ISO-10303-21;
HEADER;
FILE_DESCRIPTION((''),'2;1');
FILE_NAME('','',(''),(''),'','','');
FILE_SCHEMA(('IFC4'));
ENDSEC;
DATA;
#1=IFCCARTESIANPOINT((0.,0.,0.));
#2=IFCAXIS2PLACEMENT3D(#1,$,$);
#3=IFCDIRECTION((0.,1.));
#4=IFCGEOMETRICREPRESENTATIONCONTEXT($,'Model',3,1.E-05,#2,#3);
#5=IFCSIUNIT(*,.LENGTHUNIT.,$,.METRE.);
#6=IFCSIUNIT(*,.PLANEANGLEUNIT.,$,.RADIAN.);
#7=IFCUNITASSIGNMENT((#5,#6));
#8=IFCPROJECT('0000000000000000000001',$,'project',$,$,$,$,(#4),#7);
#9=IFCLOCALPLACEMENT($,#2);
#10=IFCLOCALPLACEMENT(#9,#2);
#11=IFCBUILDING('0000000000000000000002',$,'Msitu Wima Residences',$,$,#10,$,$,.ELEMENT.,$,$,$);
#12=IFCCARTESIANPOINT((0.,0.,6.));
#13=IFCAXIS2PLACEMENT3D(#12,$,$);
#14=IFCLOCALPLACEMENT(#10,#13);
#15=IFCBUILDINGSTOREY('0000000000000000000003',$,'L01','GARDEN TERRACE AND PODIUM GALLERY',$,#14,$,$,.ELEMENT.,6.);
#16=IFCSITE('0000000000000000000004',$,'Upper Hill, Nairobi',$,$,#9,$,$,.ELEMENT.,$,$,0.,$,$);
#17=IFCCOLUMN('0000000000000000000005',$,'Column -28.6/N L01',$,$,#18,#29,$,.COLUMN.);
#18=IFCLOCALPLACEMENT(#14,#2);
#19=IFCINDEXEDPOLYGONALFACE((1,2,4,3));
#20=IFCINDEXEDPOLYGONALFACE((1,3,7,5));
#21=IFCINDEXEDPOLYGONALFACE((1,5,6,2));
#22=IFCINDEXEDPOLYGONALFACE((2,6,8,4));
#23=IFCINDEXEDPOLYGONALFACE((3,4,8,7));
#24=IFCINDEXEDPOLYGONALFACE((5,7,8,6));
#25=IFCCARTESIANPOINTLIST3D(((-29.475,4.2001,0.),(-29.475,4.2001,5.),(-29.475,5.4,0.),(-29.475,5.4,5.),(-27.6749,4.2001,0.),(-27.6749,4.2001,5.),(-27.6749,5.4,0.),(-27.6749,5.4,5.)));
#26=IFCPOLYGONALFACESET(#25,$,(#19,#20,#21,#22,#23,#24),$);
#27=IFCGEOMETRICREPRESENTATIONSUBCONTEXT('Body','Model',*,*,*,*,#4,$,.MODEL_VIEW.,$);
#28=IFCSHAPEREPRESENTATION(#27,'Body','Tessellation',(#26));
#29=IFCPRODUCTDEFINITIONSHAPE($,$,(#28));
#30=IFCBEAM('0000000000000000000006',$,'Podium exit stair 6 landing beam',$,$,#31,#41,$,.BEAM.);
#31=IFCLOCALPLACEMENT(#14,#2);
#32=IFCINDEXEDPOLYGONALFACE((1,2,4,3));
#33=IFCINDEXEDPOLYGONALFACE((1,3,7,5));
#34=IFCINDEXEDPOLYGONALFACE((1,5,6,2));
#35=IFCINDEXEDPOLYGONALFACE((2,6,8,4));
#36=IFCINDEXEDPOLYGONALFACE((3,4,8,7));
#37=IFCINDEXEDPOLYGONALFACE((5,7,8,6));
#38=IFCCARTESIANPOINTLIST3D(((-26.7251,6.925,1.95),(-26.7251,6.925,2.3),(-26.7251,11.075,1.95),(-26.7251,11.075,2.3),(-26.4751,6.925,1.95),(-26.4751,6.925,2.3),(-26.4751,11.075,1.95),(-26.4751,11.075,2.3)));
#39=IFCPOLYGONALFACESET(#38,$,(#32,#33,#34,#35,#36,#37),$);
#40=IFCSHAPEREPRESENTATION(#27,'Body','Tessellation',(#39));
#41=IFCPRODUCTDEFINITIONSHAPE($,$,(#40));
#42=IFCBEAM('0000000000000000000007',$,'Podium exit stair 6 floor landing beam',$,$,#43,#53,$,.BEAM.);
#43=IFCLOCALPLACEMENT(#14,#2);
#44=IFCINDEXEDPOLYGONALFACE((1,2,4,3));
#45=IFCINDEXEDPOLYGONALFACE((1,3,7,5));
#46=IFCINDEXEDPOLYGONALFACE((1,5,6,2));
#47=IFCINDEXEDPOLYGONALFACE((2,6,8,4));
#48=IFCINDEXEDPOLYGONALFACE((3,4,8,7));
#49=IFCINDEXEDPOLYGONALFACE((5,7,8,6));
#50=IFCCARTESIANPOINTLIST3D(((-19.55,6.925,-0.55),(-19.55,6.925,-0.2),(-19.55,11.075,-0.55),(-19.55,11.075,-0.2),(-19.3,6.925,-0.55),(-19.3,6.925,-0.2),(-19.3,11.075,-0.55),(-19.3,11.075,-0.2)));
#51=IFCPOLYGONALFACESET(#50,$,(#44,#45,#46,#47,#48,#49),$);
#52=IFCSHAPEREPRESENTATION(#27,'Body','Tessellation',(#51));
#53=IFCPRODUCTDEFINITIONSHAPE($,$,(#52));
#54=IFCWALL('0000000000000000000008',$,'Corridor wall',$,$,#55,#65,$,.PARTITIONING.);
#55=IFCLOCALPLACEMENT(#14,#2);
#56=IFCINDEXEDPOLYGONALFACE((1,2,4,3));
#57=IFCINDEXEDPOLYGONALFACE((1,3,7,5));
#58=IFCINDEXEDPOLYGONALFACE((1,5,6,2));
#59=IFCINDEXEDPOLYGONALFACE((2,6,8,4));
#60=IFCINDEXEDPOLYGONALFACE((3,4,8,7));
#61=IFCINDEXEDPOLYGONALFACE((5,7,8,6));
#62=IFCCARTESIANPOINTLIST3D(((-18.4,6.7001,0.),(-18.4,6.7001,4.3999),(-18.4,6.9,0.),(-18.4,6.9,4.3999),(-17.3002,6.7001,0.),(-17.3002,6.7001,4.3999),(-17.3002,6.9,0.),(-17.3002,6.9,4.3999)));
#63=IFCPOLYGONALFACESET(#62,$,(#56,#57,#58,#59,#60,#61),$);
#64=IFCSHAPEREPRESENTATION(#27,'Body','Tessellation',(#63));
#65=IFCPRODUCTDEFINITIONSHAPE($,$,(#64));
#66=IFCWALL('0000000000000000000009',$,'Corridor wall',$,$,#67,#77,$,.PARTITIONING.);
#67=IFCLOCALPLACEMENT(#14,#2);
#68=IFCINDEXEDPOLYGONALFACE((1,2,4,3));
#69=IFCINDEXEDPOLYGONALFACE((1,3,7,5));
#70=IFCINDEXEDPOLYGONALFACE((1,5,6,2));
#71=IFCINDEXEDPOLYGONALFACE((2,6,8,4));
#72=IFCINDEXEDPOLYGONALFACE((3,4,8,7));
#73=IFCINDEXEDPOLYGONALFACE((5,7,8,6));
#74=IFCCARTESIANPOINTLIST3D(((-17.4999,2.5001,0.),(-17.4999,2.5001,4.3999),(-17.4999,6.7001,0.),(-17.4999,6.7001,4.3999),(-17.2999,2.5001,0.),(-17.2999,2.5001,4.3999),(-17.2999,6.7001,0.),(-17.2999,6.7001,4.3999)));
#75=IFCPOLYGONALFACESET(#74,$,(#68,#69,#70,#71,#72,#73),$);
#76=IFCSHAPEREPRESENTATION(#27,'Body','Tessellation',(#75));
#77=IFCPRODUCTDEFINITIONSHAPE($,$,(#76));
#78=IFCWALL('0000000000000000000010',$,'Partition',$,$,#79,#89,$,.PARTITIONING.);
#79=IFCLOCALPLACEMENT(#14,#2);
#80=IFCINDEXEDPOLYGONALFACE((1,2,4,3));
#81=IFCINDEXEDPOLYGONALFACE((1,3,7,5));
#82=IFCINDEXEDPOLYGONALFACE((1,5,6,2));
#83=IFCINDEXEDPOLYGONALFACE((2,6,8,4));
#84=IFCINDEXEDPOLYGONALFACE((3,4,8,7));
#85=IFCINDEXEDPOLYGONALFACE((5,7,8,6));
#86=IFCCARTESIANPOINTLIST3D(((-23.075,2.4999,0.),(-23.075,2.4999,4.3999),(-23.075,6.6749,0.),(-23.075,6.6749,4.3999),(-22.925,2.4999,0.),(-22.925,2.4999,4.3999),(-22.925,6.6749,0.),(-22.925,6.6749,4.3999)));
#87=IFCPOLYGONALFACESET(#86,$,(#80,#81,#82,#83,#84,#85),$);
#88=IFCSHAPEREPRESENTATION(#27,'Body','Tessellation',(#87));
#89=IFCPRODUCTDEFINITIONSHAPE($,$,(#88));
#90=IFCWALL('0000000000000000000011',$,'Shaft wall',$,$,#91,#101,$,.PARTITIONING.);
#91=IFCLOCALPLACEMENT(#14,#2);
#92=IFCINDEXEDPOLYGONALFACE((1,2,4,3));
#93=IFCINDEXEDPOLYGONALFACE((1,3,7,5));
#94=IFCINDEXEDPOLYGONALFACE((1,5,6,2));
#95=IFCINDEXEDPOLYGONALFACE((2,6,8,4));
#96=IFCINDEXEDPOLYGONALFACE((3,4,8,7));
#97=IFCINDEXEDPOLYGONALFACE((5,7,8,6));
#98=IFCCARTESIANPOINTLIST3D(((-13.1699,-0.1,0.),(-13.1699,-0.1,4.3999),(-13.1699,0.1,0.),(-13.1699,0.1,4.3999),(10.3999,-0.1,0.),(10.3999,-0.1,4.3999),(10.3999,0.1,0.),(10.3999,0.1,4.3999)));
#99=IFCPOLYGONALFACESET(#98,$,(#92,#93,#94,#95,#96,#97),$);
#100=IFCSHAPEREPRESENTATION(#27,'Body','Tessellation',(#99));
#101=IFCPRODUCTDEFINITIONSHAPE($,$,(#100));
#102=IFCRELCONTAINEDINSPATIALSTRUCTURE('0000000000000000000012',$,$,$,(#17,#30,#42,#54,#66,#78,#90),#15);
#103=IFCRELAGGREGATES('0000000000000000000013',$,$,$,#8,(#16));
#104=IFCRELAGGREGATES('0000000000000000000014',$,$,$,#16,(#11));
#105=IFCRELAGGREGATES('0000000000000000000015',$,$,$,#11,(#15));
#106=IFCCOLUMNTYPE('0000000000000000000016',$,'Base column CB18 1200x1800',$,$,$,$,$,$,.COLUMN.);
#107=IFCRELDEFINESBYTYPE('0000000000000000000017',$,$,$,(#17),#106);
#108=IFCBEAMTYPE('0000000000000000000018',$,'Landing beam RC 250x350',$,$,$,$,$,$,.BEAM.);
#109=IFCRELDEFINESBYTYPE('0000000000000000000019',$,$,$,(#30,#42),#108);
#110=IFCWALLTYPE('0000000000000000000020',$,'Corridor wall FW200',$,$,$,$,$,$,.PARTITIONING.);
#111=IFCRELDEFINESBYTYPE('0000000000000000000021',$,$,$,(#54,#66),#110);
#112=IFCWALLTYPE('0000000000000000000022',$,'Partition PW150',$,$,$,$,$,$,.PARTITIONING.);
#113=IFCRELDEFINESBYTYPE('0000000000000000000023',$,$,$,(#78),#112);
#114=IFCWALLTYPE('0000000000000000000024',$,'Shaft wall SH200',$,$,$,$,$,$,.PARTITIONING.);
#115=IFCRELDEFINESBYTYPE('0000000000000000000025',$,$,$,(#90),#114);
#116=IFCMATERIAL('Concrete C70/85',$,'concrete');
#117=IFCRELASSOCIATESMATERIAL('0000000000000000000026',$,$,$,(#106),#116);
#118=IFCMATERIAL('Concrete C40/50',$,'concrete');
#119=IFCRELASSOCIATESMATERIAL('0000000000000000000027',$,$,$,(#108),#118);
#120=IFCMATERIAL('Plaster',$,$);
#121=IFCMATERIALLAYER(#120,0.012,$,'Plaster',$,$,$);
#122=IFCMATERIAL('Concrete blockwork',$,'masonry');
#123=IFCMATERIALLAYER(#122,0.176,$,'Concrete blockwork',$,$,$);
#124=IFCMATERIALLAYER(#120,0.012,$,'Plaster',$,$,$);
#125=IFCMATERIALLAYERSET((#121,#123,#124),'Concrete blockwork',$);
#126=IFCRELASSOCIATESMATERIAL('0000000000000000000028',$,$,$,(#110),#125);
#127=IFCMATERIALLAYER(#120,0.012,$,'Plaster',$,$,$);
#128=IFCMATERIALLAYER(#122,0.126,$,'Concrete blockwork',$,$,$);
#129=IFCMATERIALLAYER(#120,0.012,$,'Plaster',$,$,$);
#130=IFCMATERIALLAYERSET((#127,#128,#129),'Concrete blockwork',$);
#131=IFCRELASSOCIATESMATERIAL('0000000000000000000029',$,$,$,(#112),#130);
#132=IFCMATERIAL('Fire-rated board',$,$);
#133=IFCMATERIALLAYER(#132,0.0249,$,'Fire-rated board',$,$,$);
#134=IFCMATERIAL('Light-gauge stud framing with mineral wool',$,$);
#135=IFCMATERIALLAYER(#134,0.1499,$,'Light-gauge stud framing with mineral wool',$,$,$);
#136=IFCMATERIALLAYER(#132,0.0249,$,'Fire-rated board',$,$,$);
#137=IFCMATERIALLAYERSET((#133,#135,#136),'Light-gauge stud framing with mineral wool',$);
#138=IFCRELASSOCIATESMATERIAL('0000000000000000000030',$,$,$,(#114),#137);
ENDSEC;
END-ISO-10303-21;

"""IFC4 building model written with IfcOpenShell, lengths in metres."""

from ifc_helpers import new_model, si_unit, direction, frame, frame_2d, origin, origin_2d, place, context, subcontext, project, spatial, rectangle, extrude, material, layer, layer_set, material_profile, profile_set, type_object, element, save


model = new_model("IFC4")

# Units and contexts
model_context = context("Model", 3, precision=1e-05, world=origin(), true_north=direction((0.0, 1.0)))
body_context = subcontext(model_context, "Body", "Model", "MODEL_VIEW")
ifc_project = project(units=[si_unit("LENGTHUNIT", "METRE"), si_unit("PLANEANGLEUNIT", "RADIAN")], contexts=[model_context])

# Site, building, storey
site_placement = place(None, origin())
site = spatial("IfcSite", under=ifc_project, at=site_placement, Name="Upper Hill, Nairobi", CompositionType="ELEMENT", RefElevation=0.0)
building_placement = place(site_placement, origin())
building = spatial("IfcBuilding", under=site, at=building_placement, Name="Msitu Wima Residences", CompositionType="ELEMENT")
storey_placement = place(building_placement, frame((0.0, 0.0, 6.0)))
storey = spatial("IfcBuildingStorey", under=building, at=storey_placement, Name="L01", Description="GARDEN TERRACE AND PODIUM GALLERY", CompositionType="ELEMENT", Elevation=6.0)

# Column
ifc_material_1 = material(Name="Concrete C70/85", Category="concrete")
ifc_material_profile_1 = material_profile(ifc_material_1, rectangle(XDim=1.2, YDim=1.8, at=origin_2d()), Name="RC 1200x1800")
ifc_profile_set_1 = profile_set([ifc_material_profile_1], Name="Concrete C70/85")
column_type = type_object("IfcColumnType", Name="Base column CB18 1200x1800", PredefinedType="COLUMN", material=ifc_profile_set_1)
column_placement = place(storey_placement, frame((-28.575, 4.8, 0.0), z_axis=(0.0, 0.0, 1.0), x_axis=(0.0, -1.0, 0.0)))
element("IfcColumn", 1, at=column_placement, inside=storey, type_object=column_type, Name="Column -28.6/N L01", PredefinedType="COLUMN", context=body_context, shape_type="SweptSolid", body=[
    extrude(rectangle(XDim=1.2, YDim=1.8, at=origin_2d()), origin(), (0.0, 0.0, 1.0), 5.0),
])

# Beams
ifc_material_2 = material(Name="Concrete C40/50", Category="concrete")
ifc_material_profile_2 = material_profile(ifc_material_2, rectangle(XDim=0.25, YDim=0.3501, at=origin_2d()), Name="RC 250x350")
ifc_profile_set_2 = profile_set([ifc_material_profile_2], Name="Concrete C40/50")
beam_type = type_object("IfcBeamType", Name="Landing beam RC 250x350", PredefinedType="BEAM", material=ifc_profile_set_2)
for number, where, z_axis, x_axis, name in (
    (2, (-26.6001, 6.925, 2.125), (0.0, 1.0, 0.0), (-1.0, 0.0, 0.0), "Podium exit stair 6 landing beam"),
    (3, (-19.425, 6.925, -0.375), (0.0, 1.0, 0.0), (-1.0, 0.0, 0.0), "Podium exit stair 6 floor landing beam"),
):
    element("IfcBeam", number, at=place(storey_placement, frame(where, z_axis=z_axis, x_axis=x_axis)), inside=storey, type_object=beam_type, Name=name, PredefinedType="BEAM", context=body_context, shape_type="SweptSolid", body=[
        extrude(rectangle(XDim=0.25, YDim=0.3501, at=origin_2d()), origin(), (0.0, 0.0, 1.0), 4.1499),
    ])

# Walls
ifc_material_3 = material(Name="Plaster")
ifc_layer_1 = layer(ifc_material_3, 0.012, Name="Plaster")
ifc_material_4 = material(Name="Concrete blockwork", Category="masonry")
ifc_layer_2 = layer(ifc_material_4, 0.176, Name="Concrete blockwork")
ifc_layer_3 = layer(ifc_material_3, 0.012, Name="Plaster")
ifc_layer_set_1 = layer_set([ifc_layer_1, ifc_layer_2, ifc_layer_3], Name="Concrete blockwork")
wall_type_1 = type_object("IfcWallType", Name="Corridor wall FW200", PredefinedType="PARTITIONING", material=ifc_layer_set_1)
wall_1_placement = place(storey_placement, frame((-18.3999, 6.8, 0.0), z_axis=(0.0, 0.0, 1.0), x_axis=(1.0, 0.0, 0.0)))
element("IfcWall", 4, at=wall_1_placement, inside=storey, type_object=wall_type_1, Name="Corridor wall", PredefinedType="PARTITIONING", context=body_context, shape_type="SweptSolid", body=[
    extrude(rectangle(XDim=1.0999, YDim=0.2, at=frame_2d((0.5498, 0.0))), origin(), (0.0, 0.0, 1.0), 4.3999),
])
wall_2_placement = place(storey_placement, frame((-17.3999, 2.5, 0.0), z_axis=(0.0, 0.0, 1.0), x_axis=(0.0, 1.0, 0.0)))
element("IfcWall", 5, at=wall_2_placement, inside=storey, type_object=wall_type_1, Name="Corridor wall", PredefinedType="PARTITIONING", context=body_context, shape_type="SweptSolid", body=[
    extrude(rectangle(XDim=4.2, YDim=0.2, at=frame_2d((2.1001, 0.0))), origin(), (0.0, 0.0, 1.0), 4.3999),
])
ifc_layer_4 = layer(ifc_material_3, 0.012, Name="Plaster")
ifc_layer_5 = layer(ifc_material_4, 0.126, Name="Concrete blockwork")
ifc_layer_6 = layer(ifc_material_3, 0.012, Name="Plaster")
ifc_layer_set_2 = layer_set([ifc_layer_4, ifc_layer_5, ifc_layer_6], Name="Concrete blockwork")
wall_type_2 = type_object("IfcWallType", Name="Partition PW150", PredefinedType="PARTITIONING", material=ifc_layer_set_2)
wall_3_placement = place(storey_placement, frame((-23.0, 2.5, 0.0), z_axis=(0.0, 0.0, 1.0), x_axis=(0.0, 1.0, 0.0)))
element("IfcWall", 6, at=wall_3_placement, inside=storey, type_object=wall_type_2, Name="Partition", PredefinedType="PARTITIONING", context=body_context, shape_type="SweptSolid", body=[
    extrude(rectangle(XDim=4.175, YDim=0.1499, at=frame_2d((2.0874, 0.0))), origin(), (0.0, 0.0, 1.0), 4.3999),
])
ifc_material_5 = material(Name="Fire-rated board")
ifc_layer_7 = layer(ifc_material_5, 0.0249, Name="Fire-rated board")
ifc_material_6 = material(Name="Light-gauge stud framing with mineral wool")
ifc_layer_8 = layer(ifc_material_6, 0.1499, Name="Light-gauge stud framing with mineral wool")
ifc_layer_9 = layer(ifc_material_5, 0.0249, Name="Fire-rated board")
ifc_layer_set_3 = layer_set([ifc_layer_7, ifc_layer_8, ifc_layer_9], Name="Light-gauge stud framing with mineral wool")
wall_type_3 = type_object("IfcWallType", Name="Shaft wall SH200", PredefinedType="PARTITIONING", material=ifc_layer_set_3)
wall_4_placement = place(storey_placement, frame((-13.1699, 0.0, 0.0), z_axis=(0.0, 0.0, 1.0), x_axis=(1.0, 0.0, 0.0)))
element("IfcWall", 7, at=wall_4_placement, inside=storey, type_object=wall_type_3, Name="Shaft wall", PredefinedType="PARTITIONING", context=body_context, shape_type="SweptSolid", body=[
    extrude(rectangle(XDim=23.5698, YDim=0.2, at=frame_2d((11.7849, 0.0))), origin(), (0.0, 0.0, 1.0), 4.3999),
])

save(model, "model.ifc")
